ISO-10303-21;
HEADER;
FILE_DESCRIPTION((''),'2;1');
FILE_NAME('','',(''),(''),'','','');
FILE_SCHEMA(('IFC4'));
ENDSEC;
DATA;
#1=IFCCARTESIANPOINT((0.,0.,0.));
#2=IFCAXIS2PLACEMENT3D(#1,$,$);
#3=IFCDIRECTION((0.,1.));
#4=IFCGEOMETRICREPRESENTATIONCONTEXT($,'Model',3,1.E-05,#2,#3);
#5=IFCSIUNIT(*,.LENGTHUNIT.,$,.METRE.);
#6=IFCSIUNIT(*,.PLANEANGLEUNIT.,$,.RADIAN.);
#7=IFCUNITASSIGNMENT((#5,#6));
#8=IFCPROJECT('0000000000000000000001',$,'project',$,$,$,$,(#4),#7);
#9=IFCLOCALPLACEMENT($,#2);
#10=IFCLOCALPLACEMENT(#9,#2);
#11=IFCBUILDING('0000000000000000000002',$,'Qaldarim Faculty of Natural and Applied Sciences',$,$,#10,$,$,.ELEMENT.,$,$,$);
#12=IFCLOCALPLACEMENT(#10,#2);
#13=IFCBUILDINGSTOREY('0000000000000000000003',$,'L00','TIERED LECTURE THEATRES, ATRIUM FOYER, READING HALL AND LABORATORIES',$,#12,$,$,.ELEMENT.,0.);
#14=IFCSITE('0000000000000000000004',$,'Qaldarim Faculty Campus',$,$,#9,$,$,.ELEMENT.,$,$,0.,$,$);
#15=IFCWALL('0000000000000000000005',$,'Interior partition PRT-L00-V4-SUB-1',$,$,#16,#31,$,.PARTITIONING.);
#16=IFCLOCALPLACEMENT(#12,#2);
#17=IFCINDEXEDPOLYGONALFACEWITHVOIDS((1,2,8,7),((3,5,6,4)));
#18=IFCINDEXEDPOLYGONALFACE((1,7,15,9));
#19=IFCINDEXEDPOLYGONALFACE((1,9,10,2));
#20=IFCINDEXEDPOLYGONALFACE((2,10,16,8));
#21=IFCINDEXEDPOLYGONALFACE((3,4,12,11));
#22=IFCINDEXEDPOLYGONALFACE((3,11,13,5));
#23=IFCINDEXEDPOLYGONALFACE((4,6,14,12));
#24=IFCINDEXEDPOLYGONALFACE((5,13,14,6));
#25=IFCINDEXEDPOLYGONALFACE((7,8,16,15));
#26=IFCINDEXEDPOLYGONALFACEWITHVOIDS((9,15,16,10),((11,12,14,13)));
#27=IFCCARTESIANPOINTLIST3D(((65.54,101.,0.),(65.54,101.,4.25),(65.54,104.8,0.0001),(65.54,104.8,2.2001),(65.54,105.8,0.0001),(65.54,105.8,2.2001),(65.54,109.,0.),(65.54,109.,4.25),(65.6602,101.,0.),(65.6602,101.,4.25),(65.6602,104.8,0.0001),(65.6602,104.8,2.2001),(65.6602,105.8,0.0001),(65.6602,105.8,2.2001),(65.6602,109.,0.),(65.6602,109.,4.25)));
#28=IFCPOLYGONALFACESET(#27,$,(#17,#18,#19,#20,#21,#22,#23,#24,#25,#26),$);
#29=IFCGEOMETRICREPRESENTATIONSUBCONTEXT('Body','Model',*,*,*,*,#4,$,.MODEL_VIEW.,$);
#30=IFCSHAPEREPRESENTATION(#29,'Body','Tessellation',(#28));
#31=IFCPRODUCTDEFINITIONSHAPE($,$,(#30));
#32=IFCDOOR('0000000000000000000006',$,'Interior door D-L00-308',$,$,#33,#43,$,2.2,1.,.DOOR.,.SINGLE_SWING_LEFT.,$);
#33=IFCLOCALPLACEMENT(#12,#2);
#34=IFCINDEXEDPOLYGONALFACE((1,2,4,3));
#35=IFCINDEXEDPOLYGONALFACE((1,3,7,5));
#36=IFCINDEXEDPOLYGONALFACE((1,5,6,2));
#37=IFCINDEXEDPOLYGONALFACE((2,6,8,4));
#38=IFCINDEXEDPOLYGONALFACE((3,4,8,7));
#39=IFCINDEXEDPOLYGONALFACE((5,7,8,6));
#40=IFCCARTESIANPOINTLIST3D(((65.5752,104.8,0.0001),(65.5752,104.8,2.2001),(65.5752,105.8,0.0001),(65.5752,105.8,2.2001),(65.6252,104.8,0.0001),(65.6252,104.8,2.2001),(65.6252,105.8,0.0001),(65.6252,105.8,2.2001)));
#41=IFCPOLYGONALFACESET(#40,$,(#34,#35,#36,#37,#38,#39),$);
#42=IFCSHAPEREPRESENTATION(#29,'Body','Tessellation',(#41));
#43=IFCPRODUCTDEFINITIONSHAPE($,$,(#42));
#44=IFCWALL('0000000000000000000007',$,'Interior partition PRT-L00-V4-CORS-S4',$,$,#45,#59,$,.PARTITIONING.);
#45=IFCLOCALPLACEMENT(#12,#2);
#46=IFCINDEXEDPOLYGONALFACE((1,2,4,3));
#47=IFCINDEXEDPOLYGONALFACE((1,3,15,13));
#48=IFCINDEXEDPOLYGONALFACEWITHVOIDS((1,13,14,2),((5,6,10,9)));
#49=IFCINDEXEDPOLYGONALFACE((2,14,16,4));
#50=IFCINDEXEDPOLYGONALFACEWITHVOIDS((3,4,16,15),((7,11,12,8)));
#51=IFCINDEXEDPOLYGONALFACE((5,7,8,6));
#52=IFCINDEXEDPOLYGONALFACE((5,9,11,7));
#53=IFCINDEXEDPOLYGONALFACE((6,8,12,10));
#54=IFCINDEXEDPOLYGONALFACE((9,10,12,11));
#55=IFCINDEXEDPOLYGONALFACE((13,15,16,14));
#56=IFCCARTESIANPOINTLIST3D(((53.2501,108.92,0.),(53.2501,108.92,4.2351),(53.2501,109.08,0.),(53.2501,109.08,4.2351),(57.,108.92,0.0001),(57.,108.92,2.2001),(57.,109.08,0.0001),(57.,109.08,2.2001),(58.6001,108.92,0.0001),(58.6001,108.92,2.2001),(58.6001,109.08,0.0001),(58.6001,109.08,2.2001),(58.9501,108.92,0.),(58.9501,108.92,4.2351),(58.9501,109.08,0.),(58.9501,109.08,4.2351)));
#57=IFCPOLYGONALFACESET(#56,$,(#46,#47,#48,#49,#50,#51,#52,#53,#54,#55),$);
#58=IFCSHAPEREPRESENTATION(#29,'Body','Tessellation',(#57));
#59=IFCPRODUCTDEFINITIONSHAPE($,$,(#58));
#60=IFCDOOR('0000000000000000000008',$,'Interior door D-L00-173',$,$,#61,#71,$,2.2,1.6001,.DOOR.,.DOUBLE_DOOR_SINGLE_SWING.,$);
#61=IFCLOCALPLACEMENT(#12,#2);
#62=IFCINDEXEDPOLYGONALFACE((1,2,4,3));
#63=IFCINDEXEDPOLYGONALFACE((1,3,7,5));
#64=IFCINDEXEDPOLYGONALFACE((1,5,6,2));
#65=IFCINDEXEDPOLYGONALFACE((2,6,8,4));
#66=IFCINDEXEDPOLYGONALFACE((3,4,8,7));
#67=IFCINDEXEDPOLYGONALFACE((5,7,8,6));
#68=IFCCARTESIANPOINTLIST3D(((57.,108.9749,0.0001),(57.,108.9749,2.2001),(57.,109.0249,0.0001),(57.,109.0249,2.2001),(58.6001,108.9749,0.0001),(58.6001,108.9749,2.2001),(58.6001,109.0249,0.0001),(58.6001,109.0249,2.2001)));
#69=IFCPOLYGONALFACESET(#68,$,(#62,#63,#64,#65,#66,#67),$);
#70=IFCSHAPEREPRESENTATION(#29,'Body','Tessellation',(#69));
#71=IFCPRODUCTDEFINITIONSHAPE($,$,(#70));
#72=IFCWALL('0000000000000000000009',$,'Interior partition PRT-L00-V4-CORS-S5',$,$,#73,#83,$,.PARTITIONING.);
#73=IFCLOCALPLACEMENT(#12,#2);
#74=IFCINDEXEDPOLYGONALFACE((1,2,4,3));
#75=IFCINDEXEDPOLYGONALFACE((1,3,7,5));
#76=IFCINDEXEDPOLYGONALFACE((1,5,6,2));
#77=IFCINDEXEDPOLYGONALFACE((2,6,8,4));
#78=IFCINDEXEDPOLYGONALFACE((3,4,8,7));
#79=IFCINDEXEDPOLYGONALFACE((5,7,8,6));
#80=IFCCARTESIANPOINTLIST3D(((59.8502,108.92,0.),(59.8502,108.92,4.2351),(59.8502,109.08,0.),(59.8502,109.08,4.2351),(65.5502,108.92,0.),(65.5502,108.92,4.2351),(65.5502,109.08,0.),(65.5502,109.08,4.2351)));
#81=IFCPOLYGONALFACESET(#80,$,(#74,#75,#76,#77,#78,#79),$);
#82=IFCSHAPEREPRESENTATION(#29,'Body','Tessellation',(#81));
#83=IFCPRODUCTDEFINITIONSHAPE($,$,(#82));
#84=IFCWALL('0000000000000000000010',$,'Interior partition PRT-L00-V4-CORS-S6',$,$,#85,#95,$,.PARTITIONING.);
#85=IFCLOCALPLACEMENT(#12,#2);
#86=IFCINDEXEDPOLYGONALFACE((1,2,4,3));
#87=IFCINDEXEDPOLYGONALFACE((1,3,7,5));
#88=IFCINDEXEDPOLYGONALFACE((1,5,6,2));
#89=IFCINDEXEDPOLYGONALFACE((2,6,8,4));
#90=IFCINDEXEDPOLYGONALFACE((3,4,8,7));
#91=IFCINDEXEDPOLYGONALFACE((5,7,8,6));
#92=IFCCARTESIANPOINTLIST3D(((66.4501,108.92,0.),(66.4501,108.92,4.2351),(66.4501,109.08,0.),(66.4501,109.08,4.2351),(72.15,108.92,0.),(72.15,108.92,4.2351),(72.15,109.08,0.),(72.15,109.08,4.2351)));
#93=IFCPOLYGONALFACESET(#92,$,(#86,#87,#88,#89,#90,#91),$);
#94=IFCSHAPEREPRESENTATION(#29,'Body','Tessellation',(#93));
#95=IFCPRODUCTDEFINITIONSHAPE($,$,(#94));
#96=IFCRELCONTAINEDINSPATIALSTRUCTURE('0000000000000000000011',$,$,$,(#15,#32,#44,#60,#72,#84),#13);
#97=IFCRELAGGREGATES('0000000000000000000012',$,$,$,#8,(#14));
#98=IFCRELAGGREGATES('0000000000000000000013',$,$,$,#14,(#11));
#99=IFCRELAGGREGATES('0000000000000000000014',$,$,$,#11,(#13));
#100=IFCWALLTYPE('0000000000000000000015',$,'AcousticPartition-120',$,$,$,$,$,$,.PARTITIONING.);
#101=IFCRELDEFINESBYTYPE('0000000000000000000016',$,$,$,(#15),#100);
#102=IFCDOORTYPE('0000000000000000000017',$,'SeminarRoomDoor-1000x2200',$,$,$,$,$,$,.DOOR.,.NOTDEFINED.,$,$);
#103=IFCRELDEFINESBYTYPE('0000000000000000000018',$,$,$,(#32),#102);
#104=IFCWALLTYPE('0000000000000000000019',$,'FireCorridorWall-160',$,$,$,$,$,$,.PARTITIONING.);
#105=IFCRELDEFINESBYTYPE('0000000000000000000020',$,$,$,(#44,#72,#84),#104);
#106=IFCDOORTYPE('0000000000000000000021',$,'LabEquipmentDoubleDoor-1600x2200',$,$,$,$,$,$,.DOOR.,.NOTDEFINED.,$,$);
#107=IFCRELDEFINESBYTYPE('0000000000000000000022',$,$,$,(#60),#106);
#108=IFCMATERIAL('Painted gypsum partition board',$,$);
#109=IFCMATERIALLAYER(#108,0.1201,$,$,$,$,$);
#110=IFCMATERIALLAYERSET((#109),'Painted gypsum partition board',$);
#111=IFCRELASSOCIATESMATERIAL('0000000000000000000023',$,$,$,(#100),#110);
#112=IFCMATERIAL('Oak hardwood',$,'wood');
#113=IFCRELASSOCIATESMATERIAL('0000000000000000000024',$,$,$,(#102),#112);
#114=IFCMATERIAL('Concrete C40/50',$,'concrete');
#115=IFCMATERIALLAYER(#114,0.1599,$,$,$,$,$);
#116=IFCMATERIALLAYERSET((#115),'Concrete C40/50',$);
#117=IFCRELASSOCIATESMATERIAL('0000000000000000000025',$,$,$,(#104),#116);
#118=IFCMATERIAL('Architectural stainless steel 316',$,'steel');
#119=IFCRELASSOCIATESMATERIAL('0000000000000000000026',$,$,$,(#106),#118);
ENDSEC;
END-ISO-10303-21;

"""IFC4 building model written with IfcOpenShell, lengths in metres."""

from ifc_helpers import new_model, si_unit, direction, frame, frame_2d, origin, place, context, subcontext, project, spatial, rectangle, extrude, material, layer, layer_set, type_object, element, fill, save


model = new_model("IFC4")

# Units and contexts
model_context = context("Model", 3, precision=1e-05, world=origin(), true_north=direction((0.0, 1.0)))
body_context = subcontext(model_context, "Body", "Model", "MODEL_VIEW")
ifc_project = project(units=[si_unit("LENGTHUNIT", "METRE"), si_unit("PLANEANGLEUNIT", "RADIAN")], contexts=[model_context])

# Site, building, storey
site_placement = place(None, origin())
site = spatial("IfcSite", under=ifc_project, at=site_placement, Name="Qaldarim Faculty Campus", CompositionType="ELEMENT", RefElevation=0.0)
building_placement = place(site_placement, origin())
building = spatial("IfcBuilding", under=site, at=building_placement, Name="Qaldarim Faculty of Natural and Applied Sciences", CompositionType="ELEMENT")
storey_placement = place(building_placement, origin())
storey = spatial("IfcBuildingStorey", under=building, at=storey_placement, Name="L00", Description="TIERED LECTURE THEATRES, ATRIUM FOYER, READING HALL AND LABORATORIES", CompositionType="ELEMENT", Elevation=0.0)

# Shared definitions
ifc_material_1 = material(Name="Concrete C40/50", Category="concrete")

# Walls, openings, doors
ifc_material_2 = material(Name="Painted gypsum partition board")
ifc_layer_1 = layer(ifc_material_2, 0.1201)
ifc_layer_set_1 = layer_set([ifc_layer_1], Name="Painted gypsum partition board")
wall_type_1 = type_object("IfcWallType", Name="AcousticPartition-120", PredefinedType="PARTITIONING", material=ifc_layer_set_1)
wall_1_placement = place(storey_placement, frame((65.6001, 101.0, 0.0), z_axis=(0.0, 0.0, 1.0), x_axis=(0.0, 1.0, 0.0)))
wall_1 = element("IfcWall", 1, at=wall_1_placement, inside=storey, type_object=wall_type_1, Name="Interior partition PRT-L00-V4-SUB-1", PredefinedType="PARTITIONING", context=body_context, shape_type="SweptSolid", body=[
    extrude(rectangle(XDim=8.0, YDim=0.1201, at=frame_2d((4.0, 0.0))), origin(), (0.0, 0.0, 1.0), 4.25),
])
opening_1_placement = place(wall_1_placement, frame((3.8, 0.0, 0.0)))
opening_1 = element("IfcOpeningElement", 2, at=opening_1_placement, cuts=wall_1, PredefinedType="OPENING", context=body_context, shape_type="SweptSolid", body=[
    extrude(rectangle(XDim=1.0, YDim=2.2, at=frame_2d((0.5, 1.1001))), frame((0.0, 0.0701, 0.0), z_axis=(0.0, -1.0, 0.0), x_axis=(1.0, 0.0, 0.0)), (0.0, 0.0, 1.0), 0.1401),
])
ifc_material_3 = material(Name="Oak hardwood", Category="wood")
door_type_1 = type_object("IfcDoorType", Name="SeminarRoomDoor-1000x2200", OperationType="NOTDEFINED", PredefinedType="DOOR", material=ifc_material_3)
door_1_placement = place(opening_1_placement, origin())
door_1 = element("IfcDoor", 3, at=door_1_placement, inside=storey, type_object=door_type_1, Name="Interior door D-L00-308", OperationType="SINGLE_SWING_LEFT", OverallHeight=2.2, OverallWidth=1.0, PredefinedType="DOOR", context=body_context, shape_type="SweptSolid", body=[
    extrude(rectangle(XDim=1.0, YDim=2.2, at=frame_2d((0.5, 1.1001))), frame((0.0, 0.0249, 0.0), z_axis=(0.0, -1.0, 0.0), x_axis=(1.0, 0.0, 0.0)), (0.0, 0.0, 1.0), 0.05),
])
fill(opening_1, door_1)
ifc_layer_2 = layer(ifc_material_1, 0.1599)
ifc_layer_set_2 = layer_set([ifc_layer_2], Name="Concrete C40/50")
wall_type_2 = type_object("IfcWallType", Name="FireCorridorWall-160", PredefinedType="PARTITIONING", material=ifc_layer_set_2)
wall_2_placement = place(storey_placement, frame((53.25, 109.0, 0.0), z_axis=(0.0, 0.0, 1.0), x_axis=(1.0, 0.0, 0.0)))
wall_2 = element("IfcWall", 4, at=wall_2_placement, inside=storey, type_object=wall_type_2, Name="Interior partition PRT-L00-V4-CORS-S4", PredefinedType="PARTITIONING", context=body_context, shape_type="SweptSolid", body=[
    extrude(rectangle(XDim=5.7, YDim=0.1599, at=frame_2d((2.8501, 0.0))), origin(), (0.0, 0.0, 1.0), 4.2351),
])
opening_2_placement = place(wall_2_placement, frame((3.75, 0.0, 0.0)))
opening_2 = element("IfcOpeningElement", 5, at=opening_2_placement, cuts=wall_2, PredefinedType="OPENING", context=body_context, shape_type="SweptSolid", body=[
    extrude(rectangle(XDim=1.6001, YDim=2.2, at=frame_2d((0.8, 1.1001))), frame((0.0, 0.0898, 0.0), z_axis=(0.0, -1.0, 0.0), x_axis=(1.0, 0.0, 0.0)), (0.0, 0.0, 1.0), 0.1799),
])
ifc_material_4 = material(Name="Architectural stainless steel 316", Category="steel")
door_type_2 = type_object("IfcDoorType", Name="LabEquipmentDoubleDoor-1600x2200", OperationType="NOTDEFINED", PredefinedType="DOOR", material=ifc_material_4)
door_2_placement = place(opening_2_placement, origin())
door_2 = element("IfcDoor", 6, at=door_2_placement, inside=storey, type_object=door_type_2, Name="Interior door D-L00-173", OperationType="DOUBLE_DOOR_SINGLE_SWING", OverallHeight=2.2, OverallWidth=1.6001, PredefinedType="DOOR", context=body_context, shape_type="SweptSolid", body=[
    extrude(rectangle(XDim=1.6001, YDim=2.2, at=frame_2d((0.8, 1.1001))), frame((0.0, 0.0249, 0.0), z_axis=(0.0, -1.0, 0.0), x_axis=(1.0, 0.0, 0.0)), (0.0, 0.0, 1.0), 0.05),
])
fill(opening_2, door_2)

# Walls
for number, where, z_axis, x_axis, name in (
    (7, (59.8501, 109.0, 0.0), (0.0, 0.0, 1.0), (1.0, 0.0, 0.0), "Interior partition PRT-L00-V4-CORS-S5"),
    (8, (66.45, 109.0, 0.0), (0.0, 0.0, 1.0), (1.0, 0.0, 0.0), "Interior partition PRT-L00-V4-CORS-S6"),
):
    element("IfcWall", number, at=place(storey_placement, frame(where, z_axis=z_axis, x_axis=x_axis)), inside=storey, type_object=wall_type_2, Name=name, PredefinedType="PARTITIONING", context=body_context, shape_type="SweptSolid", body=[
        extrude(rectangle(XDim=5.7, YDim=0.1599, at=frame_2d((2.8501, 0.0))), origin(), (0.0, 0.0, 1.0), 4.2351),
    ])

save(model, "model.ifc")
